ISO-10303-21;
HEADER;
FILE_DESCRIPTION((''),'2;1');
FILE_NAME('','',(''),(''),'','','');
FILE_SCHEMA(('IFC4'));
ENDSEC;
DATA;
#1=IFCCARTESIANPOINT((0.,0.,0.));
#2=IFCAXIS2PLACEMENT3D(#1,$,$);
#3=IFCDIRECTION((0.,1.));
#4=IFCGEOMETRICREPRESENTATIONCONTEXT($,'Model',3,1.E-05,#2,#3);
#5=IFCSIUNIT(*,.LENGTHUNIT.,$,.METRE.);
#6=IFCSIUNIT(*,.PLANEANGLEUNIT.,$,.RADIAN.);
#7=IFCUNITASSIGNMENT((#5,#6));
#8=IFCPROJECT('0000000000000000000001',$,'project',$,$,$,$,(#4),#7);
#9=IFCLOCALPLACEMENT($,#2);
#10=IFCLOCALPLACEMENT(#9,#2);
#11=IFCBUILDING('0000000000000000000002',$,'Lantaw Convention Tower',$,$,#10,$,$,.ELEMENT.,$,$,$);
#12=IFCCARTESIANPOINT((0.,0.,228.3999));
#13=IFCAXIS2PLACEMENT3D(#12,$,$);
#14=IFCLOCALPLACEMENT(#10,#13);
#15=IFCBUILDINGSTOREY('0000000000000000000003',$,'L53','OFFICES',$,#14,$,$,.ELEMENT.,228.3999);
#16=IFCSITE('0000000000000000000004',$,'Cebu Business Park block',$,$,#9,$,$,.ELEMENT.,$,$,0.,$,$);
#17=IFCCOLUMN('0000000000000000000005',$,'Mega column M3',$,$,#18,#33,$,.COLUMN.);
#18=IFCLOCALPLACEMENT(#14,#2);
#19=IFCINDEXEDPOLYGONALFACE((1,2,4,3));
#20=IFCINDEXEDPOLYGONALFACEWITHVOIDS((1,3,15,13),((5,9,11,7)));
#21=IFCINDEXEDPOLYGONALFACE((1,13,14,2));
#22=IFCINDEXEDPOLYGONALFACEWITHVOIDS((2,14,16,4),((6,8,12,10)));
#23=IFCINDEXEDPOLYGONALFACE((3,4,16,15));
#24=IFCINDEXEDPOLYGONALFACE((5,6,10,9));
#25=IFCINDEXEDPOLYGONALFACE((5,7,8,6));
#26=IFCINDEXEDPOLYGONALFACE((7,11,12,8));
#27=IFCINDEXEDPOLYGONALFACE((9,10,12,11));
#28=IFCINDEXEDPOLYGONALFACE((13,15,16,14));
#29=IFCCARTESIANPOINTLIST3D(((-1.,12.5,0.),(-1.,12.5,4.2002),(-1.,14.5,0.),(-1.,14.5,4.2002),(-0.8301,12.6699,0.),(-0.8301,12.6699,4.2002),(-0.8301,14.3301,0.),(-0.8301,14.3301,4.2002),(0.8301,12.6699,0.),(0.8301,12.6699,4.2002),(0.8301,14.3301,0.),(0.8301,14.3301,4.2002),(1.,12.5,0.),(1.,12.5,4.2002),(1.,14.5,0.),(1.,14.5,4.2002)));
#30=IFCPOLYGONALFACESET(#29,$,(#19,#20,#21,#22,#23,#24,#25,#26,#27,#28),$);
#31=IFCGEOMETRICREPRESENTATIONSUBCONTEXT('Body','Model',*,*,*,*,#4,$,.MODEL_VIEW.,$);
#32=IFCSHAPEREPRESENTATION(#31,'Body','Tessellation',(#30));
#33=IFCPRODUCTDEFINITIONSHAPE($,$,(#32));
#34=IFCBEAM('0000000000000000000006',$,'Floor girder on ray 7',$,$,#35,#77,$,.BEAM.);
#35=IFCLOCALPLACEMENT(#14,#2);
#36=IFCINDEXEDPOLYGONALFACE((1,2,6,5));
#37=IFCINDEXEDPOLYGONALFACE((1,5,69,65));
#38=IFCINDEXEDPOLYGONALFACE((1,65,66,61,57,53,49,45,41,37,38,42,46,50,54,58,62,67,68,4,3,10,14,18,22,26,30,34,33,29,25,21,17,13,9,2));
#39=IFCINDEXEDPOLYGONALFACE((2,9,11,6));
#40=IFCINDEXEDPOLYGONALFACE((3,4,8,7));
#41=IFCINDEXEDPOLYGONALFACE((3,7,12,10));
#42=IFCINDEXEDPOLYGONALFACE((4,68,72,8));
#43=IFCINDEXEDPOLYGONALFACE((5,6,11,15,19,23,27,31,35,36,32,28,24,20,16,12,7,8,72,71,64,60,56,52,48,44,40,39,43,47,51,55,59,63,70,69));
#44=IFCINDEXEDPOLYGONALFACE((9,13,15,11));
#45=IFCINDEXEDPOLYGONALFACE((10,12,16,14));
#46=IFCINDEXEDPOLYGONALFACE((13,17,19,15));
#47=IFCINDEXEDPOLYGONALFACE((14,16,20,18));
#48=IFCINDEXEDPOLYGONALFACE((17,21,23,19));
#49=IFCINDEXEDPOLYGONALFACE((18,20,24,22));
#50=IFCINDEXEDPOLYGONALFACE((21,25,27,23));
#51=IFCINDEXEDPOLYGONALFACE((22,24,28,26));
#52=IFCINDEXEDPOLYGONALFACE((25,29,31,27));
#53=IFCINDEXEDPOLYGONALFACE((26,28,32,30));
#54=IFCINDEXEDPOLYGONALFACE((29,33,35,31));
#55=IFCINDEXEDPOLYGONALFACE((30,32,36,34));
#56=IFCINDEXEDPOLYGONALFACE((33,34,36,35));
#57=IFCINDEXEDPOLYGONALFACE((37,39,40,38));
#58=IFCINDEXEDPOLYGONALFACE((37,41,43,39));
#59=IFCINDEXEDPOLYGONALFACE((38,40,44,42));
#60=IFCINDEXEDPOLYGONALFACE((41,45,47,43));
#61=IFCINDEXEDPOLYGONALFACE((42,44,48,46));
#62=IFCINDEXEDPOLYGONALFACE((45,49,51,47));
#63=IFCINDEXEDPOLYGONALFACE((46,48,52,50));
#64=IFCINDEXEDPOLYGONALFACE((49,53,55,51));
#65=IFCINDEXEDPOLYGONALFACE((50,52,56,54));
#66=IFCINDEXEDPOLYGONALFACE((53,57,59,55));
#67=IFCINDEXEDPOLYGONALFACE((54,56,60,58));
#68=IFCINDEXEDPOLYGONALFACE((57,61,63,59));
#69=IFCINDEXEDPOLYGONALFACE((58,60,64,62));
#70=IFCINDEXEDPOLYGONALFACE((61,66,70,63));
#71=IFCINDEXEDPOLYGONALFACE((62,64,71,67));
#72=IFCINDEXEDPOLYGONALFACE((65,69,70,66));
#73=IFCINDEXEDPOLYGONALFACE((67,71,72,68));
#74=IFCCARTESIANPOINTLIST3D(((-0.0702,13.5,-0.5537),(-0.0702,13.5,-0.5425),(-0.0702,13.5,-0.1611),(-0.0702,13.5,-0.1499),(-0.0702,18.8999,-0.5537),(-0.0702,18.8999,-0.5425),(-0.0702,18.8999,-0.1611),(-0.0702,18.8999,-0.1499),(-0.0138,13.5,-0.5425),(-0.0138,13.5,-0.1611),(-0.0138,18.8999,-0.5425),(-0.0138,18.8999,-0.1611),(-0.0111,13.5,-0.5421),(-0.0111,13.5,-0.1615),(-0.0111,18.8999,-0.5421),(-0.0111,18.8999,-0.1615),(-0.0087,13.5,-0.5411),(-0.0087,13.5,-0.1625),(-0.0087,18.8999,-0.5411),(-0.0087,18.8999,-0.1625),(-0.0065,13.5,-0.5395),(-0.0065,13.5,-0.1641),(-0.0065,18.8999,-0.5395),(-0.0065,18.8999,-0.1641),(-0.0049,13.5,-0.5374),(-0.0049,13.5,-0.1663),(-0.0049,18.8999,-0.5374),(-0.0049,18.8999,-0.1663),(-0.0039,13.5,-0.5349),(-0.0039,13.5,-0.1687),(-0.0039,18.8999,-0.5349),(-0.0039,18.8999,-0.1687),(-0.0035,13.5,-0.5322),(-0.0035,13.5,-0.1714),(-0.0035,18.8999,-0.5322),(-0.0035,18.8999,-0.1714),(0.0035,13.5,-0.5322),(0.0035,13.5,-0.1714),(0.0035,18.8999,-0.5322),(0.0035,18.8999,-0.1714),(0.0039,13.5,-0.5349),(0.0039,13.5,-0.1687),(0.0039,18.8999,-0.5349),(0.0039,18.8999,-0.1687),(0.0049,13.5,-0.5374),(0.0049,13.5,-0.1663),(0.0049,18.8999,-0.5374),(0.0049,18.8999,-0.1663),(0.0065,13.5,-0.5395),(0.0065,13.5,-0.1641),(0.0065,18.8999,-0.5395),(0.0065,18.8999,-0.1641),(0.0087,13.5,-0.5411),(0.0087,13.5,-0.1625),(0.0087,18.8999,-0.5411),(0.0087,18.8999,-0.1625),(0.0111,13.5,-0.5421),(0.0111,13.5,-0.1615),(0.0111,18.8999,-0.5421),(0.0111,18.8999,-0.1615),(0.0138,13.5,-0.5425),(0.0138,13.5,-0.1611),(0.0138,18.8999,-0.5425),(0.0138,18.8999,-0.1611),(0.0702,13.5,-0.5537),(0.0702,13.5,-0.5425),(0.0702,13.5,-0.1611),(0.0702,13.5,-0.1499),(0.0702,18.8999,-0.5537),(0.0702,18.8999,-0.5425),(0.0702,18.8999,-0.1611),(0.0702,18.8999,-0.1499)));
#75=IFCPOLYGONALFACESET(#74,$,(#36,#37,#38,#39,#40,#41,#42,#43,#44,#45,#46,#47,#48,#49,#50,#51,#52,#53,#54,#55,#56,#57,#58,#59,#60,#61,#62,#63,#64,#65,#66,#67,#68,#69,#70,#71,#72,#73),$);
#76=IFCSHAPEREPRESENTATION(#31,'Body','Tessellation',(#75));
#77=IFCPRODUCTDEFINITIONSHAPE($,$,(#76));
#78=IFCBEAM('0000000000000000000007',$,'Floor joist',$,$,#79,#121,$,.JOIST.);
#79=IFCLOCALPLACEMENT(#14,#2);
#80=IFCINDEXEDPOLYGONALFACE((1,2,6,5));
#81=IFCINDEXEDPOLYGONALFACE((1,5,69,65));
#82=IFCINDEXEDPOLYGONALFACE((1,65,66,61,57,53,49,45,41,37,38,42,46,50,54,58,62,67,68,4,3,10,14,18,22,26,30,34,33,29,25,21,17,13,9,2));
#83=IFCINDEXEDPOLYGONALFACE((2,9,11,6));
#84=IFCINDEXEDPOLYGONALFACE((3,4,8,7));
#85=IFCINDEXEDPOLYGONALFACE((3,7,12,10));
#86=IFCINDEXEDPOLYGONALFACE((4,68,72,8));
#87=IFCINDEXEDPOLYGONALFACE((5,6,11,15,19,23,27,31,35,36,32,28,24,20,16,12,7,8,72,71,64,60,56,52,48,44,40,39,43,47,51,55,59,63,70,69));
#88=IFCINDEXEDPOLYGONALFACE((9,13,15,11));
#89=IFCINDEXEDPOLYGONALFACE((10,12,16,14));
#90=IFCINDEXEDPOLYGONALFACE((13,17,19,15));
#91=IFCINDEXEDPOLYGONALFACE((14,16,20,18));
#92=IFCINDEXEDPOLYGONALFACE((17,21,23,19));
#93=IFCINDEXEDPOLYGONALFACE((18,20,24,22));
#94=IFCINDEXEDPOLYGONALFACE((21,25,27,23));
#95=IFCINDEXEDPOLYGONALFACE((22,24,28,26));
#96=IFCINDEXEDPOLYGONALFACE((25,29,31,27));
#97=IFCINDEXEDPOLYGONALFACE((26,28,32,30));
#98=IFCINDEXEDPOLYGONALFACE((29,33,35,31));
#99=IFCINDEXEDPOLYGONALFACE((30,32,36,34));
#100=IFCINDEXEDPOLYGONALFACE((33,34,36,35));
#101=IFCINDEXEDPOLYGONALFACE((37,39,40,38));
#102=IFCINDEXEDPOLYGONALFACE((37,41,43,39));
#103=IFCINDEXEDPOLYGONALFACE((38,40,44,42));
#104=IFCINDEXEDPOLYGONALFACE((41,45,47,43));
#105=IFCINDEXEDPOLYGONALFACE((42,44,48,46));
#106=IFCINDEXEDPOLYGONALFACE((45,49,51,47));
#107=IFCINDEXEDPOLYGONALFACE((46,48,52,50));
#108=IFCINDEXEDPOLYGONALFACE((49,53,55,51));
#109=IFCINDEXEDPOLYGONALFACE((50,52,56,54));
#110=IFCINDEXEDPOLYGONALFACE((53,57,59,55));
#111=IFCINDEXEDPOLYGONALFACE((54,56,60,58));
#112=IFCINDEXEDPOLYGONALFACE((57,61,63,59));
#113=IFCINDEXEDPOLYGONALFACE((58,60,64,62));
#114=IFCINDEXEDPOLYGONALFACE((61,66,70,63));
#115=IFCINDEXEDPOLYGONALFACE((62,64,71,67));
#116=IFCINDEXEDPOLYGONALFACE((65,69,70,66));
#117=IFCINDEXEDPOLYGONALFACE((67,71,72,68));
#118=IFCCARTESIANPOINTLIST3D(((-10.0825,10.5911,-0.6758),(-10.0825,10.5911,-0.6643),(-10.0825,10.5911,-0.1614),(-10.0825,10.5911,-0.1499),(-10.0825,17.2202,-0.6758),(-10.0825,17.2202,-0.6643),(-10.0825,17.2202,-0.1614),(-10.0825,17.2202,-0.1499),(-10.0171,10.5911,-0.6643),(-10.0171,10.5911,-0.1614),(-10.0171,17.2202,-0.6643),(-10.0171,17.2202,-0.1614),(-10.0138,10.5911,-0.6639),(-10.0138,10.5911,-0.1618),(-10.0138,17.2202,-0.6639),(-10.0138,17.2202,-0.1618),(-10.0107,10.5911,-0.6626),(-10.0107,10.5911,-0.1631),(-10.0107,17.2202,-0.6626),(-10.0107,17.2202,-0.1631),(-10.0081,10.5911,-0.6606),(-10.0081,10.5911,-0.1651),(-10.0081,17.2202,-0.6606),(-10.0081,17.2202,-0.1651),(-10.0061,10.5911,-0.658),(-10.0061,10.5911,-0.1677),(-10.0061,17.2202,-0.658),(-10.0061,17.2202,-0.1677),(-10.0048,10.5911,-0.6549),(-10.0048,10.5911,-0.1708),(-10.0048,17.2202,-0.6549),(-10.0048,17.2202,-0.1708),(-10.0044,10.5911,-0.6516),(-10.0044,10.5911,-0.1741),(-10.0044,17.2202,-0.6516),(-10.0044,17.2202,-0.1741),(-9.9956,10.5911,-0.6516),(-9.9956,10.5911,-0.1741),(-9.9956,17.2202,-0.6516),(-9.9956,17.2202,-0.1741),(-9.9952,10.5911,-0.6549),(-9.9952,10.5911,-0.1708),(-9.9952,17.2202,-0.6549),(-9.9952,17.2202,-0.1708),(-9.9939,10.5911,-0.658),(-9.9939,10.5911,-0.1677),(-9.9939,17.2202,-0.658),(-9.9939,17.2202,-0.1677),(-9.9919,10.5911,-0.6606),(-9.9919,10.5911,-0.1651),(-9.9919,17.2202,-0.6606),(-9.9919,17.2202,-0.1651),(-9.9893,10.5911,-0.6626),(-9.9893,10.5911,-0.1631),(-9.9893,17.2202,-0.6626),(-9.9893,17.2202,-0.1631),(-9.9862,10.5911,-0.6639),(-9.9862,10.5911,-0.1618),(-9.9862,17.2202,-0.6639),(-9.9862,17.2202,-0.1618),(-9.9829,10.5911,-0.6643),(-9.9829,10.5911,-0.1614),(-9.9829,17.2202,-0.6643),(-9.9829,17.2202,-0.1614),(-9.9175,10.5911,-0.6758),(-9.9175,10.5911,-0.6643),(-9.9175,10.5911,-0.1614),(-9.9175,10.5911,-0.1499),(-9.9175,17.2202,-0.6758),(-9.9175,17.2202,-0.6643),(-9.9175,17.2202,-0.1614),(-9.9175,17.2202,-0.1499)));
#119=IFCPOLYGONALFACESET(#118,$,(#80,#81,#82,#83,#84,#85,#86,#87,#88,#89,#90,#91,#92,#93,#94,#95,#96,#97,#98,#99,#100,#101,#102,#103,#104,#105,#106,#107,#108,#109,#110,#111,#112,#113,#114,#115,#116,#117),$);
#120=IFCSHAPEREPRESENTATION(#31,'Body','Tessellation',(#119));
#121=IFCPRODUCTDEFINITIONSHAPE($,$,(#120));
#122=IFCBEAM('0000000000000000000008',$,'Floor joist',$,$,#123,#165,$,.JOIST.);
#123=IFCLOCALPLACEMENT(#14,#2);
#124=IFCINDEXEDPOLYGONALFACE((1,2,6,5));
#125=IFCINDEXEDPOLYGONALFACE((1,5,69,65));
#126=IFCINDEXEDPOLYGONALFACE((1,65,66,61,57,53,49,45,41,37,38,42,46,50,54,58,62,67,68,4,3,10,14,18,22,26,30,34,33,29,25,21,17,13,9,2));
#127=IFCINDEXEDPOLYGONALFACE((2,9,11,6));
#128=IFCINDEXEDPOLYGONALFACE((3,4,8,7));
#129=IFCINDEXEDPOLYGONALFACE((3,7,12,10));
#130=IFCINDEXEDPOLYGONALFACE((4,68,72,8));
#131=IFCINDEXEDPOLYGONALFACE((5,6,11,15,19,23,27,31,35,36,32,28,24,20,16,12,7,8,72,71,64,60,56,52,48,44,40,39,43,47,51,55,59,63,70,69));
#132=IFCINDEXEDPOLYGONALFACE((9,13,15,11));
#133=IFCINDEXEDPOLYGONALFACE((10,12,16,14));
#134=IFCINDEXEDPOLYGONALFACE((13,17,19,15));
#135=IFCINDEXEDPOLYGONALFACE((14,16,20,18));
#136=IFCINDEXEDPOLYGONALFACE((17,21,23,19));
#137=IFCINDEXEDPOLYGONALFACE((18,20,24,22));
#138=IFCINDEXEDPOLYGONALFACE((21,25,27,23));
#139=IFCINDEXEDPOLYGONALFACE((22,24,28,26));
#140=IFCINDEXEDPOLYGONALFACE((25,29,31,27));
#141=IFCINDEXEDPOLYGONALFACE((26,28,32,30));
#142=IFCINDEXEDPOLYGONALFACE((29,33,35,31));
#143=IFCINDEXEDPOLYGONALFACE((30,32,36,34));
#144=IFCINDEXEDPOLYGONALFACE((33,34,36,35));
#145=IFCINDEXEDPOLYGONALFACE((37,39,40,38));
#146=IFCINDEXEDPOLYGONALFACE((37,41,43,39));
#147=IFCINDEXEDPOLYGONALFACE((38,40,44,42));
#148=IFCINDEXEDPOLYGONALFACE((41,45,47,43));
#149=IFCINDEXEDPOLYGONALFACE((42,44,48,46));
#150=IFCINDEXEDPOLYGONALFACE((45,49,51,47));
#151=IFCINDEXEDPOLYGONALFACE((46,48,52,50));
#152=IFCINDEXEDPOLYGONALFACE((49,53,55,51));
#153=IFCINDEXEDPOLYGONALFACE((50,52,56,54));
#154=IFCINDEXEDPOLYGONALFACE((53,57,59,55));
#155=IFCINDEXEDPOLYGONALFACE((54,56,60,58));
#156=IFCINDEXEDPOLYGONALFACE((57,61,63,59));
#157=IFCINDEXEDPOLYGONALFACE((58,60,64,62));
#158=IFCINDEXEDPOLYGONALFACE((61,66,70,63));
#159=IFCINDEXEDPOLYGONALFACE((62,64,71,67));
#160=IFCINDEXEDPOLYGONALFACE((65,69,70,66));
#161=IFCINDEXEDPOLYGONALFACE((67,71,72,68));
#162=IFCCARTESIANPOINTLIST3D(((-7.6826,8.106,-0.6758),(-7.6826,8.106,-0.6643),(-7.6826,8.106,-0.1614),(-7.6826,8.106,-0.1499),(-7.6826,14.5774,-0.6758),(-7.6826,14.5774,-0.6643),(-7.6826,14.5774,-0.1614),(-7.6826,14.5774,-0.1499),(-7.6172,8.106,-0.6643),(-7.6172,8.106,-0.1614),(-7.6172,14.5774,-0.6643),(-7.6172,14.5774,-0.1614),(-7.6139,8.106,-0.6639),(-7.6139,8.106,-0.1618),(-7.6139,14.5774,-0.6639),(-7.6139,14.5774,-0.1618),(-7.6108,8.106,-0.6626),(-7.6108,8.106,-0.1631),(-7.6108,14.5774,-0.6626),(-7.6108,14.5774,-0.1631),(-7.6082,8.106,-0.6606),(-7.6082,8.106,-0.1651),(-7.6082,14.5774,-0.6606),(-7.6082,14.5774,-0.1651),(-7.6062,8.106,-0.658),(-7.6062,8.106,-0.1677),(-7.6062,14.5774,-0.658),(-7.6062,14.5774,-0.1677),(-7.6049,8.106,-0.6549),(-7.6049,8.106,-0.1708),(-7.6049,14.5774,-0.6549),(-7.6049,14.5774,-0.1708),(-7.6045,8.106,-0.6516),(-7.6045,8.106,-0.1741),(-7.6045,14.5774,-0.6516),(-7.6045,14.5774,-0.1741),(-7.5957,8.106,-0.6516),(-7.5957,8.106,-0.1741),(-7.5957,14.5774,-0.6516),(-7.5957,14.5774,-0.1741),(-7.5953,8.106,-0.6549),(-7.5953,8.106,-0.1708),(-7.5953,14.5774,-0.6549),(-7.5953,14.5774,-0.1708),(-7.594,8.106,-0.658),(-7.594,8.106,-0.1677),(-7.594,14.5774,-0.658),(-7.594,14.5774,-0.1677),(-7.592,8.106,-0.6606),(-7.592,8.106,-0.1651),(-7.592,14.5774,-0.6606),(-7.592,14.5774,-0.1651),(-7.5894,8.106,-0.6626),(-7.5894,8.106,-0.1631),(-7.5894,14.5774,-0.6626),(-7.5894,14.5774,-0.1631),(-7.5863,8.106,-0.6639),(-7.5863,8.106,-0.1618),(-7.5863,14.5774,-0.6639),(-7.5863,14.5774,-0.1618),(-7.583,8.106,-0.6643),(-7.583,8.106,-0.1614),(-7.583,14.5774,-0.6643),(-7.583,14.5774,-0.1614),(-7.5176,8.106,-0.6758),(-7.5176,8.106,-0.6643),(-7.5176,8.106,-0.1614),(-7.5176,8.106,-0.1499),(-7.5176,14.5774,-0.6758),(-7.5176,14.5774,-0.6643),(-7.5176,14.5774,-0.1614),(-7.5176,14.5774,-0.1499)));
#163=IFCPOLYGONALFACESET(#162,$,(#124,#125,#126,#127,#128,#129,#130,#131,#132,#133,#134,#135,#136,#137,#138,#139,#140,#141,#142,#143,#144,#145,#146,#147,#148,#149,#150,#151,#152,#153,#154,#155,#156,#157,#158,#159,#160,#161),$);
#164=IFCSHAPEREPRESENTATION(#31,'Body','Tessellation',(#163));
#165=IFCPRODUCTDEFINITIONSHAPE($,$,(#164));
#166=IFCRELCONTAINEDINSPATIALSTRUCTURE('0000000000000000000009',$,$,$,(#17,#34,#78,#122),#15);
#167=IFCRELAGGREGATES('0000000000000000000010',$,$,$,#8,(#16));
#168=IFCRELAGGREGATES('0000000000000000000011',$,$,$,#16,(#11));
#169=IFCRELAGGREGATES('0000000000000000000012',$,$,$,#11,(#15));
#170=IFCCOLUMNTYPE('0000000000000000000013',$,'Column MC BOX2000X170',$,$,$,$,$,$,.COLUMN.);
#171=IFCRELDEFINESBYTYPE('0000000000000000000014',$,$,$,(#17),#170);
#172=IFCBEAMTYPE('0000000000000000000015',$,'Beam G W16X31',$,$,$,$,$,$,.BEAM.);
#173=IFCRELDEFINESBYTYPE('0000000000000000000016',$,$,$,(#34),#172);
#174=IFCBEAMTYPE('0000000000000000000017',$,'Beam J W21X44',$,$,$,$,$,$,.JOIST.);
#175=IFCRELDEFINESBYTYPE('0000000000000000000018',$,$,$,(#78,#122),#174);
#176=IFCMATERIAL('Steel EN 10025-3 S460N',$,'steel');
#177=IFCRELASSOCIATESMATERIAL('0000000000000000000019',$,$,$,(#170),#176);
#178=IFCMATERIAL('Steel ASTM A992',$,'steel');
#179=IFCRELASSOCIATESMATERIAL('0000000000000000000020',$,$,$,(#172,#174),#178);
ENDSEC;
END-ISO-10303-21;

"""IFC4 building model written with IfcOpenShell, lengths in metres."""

from ifc_helpers import new_model, si_unit, direction, frame, origin, origin_2d, place, context, subcontext, project, spatial, rectangle, hollow_rectangle, i_section, extrude, material, material_profile, profile_set, type_object, element, save


model = new_model("IFC4")

# Units and contexts
model_context = context("Model", 3, precision=1e-05, world=origin(), true_north=direction((0.0, 1.0)))
body_context = subcontext(model_context, "Body", "Model", "MODEL_VIEW")
ifc_project = project(units=[si_unit("LENGTHUNIT", "METRE"), si_unit("PLANEANGLEUNIT", "RADIAN")], contexts=[model_context])

# Site, building, storey
site_placement = place(None, origin())
site = spatial("IfcSite", under=ifc_project, at=site_placement, Name="Cebu Business Park block", CompositionType="ELEMENT", RefElevation=0.0)
building_placement = place(site_placement, origin())
building = spatial("IfcBuilding", under=site, at=building_placement, Name="Lantaw Convention Tower", CompositionType="ELEMENT")
storey_placement = place(building_placement, frame((0.0, 0.0, 228.3999)))
storey = spatial("IfcBuildingStorey", under=building, at=storey_placement, Name="L53", Description="OFFICES", CompositionType="ELEMENT", Elevation=228.3999)

# Column
ifc_material_1 = material(Name="Steel EN 10025-3 S460N", Category="steel")
ifc_material_profile_1 = material_profile(ifc_material_1, hollow_rectangle(XDim=2.0, YDim=2.0, WallThickness=0.1699, at=origin_2d()), Name="BOX2000X170")
ifc_material_2 = material(Name="Concrete C60/75", Category="concrete")
ifc_material_profile_2 = material_profile(ifc_material_2, rectangle(XDim=1.6599, YDim=1.6599, at=origin_2d()), Name="Concrete fill of BOX2000X170")
ifc_profile_set_1 = profile_set([ifc_material_profile_1, ifc_material_profile_2], Name="Steel EN 10025-3 S460N")
column_type = type_object("IfcColumnType", Name="Column MC BOX2000X170", PredefinedType="COLUMN", material=ifc_profile_set_1)
column_placement = place(storey_placement, frame((0.0, 13.5, 0.0), z_axis=(0.0, 0.0, 1.0), x_axis=(1.0, 0.0, 0.0)))
element("IfcColumn", 1, at=column_placement, inside=storey, type_object=column_type, Name="Mega column M3", PredefinedType="COLUMN", context=body_context, shape_type="SweptSolid", body=[
    extrude(hollow_rectangle(XDim=2.0, YDim=2.0, WallThickness=0.1699, at=origin_2d()), origin(), (0.0, 0.0, 1.0), 4.2002),
])

# Beams
ifc_material_3 = material(Name="Steel ASTM A992", Category="steel")
ifc_material_profile_3 = material_profile(ifc_material_3, i_section(OverallWidth=0.1404, OverallDepth=0.4038, WebThickness=0.0071, FlangeThickness=0.0112, FilletRadius=0.0103, at=origin_2d()), Name="W16X31")
ifc_profile_set_2 = profile_set([ifc_material_profile_3], Name="Steel ASTM A992")
beam_type_1 = type_object("IfcBeamType", Name="Beam G W16X31", PredefinedType="BEAM", material=ifc_profile_set_2)
beam_1_placement = place(storey_placement, frame((0.0, 13.5, -0.3518), z_axis=(0.0, 1.0, 0.0), x_axis=(-1.0, 0.0, 0.0)))
element("IfcBeam", 2, at=beam_1_placement, inside=storey, type_object=beam_type_1, Name="Floor girder on ray 7", PredefinedType="BEAM", context=body_context, shape_type="SweptSolid", body=[
    extrude(i_section(OverallWidth=0.1404, OverallDepth=0.4038, WebThickness=0.0071, FlangeThickness=0.0112, FilletRadius=0.0103, at=origin_2d()), origin(), (0.0, 0.0, 1.0), 5.3999),
])
ifc_material_profile_4 = material_profile(ifc_material_3, i_section(OverallWidth=0.165, OverallDepth=0.5259, WebThickness=0.0088, FlangeThickness=0.0115, FilletRadius=0.0127, at=origin_2d()), Name="W21X44")
ifc_profile_set_3 = profile_set([ifc_material_profile_4], Name="Steel ASTM A992")
beam_type_2 = type_object("IfcBeamType", Name="Beam J W21X44", PredefinedType="JOIST", material=ifc_profile_set_3)
beam_2_placement = place(storey_placement, frame((-10.0, 10.5911, -0.4128), z_axis=(0.0, 1.0, 0.0), x_axis=(-1.0, 0.0, 0.0)))
element("IfcBeam", 3, at=beam_2_placement, inside=storey, type_object=beam_type_2, Name="Floor joist", PredefinedType="JOIST", context=body_context, shape_type="SweptSolid", body=[
    extrude(i_section(OverallWidth=0.165, OverallDepth=0.5259, WebThickness=0.0088, FlangeThickness=0.0115, FilletRadius=0.0127, at=origin_2d()), origin(), (0.0, 0.0, 1.0), 6.6292),
])
beam_3_placement = place(storey_placement, frame((-7.6001, 8.106, -0.4128), z_axis=(0.0, 1.0, 0.0), x_axis=(-1.0, 0.0, 0.0)))
element("IfcBeam", 4, at=beam_3_placement, inside=storey, type_object=beam_type_2, Name="Floor joist", PredefinedType="JOIST", context=body_context, shape_type="SweptSolid", body=[
    extrude(i_section(OverallWidth=0.165, OverallDepth=0.5259, WebThickness=0.0088, FlangeThickness=0.0115, FilletRadius=0.0127, at=origin_2d()), origin(), (0.0, 0.0, 1.0), 6.4714),
])

save(model, "model.ifc")
